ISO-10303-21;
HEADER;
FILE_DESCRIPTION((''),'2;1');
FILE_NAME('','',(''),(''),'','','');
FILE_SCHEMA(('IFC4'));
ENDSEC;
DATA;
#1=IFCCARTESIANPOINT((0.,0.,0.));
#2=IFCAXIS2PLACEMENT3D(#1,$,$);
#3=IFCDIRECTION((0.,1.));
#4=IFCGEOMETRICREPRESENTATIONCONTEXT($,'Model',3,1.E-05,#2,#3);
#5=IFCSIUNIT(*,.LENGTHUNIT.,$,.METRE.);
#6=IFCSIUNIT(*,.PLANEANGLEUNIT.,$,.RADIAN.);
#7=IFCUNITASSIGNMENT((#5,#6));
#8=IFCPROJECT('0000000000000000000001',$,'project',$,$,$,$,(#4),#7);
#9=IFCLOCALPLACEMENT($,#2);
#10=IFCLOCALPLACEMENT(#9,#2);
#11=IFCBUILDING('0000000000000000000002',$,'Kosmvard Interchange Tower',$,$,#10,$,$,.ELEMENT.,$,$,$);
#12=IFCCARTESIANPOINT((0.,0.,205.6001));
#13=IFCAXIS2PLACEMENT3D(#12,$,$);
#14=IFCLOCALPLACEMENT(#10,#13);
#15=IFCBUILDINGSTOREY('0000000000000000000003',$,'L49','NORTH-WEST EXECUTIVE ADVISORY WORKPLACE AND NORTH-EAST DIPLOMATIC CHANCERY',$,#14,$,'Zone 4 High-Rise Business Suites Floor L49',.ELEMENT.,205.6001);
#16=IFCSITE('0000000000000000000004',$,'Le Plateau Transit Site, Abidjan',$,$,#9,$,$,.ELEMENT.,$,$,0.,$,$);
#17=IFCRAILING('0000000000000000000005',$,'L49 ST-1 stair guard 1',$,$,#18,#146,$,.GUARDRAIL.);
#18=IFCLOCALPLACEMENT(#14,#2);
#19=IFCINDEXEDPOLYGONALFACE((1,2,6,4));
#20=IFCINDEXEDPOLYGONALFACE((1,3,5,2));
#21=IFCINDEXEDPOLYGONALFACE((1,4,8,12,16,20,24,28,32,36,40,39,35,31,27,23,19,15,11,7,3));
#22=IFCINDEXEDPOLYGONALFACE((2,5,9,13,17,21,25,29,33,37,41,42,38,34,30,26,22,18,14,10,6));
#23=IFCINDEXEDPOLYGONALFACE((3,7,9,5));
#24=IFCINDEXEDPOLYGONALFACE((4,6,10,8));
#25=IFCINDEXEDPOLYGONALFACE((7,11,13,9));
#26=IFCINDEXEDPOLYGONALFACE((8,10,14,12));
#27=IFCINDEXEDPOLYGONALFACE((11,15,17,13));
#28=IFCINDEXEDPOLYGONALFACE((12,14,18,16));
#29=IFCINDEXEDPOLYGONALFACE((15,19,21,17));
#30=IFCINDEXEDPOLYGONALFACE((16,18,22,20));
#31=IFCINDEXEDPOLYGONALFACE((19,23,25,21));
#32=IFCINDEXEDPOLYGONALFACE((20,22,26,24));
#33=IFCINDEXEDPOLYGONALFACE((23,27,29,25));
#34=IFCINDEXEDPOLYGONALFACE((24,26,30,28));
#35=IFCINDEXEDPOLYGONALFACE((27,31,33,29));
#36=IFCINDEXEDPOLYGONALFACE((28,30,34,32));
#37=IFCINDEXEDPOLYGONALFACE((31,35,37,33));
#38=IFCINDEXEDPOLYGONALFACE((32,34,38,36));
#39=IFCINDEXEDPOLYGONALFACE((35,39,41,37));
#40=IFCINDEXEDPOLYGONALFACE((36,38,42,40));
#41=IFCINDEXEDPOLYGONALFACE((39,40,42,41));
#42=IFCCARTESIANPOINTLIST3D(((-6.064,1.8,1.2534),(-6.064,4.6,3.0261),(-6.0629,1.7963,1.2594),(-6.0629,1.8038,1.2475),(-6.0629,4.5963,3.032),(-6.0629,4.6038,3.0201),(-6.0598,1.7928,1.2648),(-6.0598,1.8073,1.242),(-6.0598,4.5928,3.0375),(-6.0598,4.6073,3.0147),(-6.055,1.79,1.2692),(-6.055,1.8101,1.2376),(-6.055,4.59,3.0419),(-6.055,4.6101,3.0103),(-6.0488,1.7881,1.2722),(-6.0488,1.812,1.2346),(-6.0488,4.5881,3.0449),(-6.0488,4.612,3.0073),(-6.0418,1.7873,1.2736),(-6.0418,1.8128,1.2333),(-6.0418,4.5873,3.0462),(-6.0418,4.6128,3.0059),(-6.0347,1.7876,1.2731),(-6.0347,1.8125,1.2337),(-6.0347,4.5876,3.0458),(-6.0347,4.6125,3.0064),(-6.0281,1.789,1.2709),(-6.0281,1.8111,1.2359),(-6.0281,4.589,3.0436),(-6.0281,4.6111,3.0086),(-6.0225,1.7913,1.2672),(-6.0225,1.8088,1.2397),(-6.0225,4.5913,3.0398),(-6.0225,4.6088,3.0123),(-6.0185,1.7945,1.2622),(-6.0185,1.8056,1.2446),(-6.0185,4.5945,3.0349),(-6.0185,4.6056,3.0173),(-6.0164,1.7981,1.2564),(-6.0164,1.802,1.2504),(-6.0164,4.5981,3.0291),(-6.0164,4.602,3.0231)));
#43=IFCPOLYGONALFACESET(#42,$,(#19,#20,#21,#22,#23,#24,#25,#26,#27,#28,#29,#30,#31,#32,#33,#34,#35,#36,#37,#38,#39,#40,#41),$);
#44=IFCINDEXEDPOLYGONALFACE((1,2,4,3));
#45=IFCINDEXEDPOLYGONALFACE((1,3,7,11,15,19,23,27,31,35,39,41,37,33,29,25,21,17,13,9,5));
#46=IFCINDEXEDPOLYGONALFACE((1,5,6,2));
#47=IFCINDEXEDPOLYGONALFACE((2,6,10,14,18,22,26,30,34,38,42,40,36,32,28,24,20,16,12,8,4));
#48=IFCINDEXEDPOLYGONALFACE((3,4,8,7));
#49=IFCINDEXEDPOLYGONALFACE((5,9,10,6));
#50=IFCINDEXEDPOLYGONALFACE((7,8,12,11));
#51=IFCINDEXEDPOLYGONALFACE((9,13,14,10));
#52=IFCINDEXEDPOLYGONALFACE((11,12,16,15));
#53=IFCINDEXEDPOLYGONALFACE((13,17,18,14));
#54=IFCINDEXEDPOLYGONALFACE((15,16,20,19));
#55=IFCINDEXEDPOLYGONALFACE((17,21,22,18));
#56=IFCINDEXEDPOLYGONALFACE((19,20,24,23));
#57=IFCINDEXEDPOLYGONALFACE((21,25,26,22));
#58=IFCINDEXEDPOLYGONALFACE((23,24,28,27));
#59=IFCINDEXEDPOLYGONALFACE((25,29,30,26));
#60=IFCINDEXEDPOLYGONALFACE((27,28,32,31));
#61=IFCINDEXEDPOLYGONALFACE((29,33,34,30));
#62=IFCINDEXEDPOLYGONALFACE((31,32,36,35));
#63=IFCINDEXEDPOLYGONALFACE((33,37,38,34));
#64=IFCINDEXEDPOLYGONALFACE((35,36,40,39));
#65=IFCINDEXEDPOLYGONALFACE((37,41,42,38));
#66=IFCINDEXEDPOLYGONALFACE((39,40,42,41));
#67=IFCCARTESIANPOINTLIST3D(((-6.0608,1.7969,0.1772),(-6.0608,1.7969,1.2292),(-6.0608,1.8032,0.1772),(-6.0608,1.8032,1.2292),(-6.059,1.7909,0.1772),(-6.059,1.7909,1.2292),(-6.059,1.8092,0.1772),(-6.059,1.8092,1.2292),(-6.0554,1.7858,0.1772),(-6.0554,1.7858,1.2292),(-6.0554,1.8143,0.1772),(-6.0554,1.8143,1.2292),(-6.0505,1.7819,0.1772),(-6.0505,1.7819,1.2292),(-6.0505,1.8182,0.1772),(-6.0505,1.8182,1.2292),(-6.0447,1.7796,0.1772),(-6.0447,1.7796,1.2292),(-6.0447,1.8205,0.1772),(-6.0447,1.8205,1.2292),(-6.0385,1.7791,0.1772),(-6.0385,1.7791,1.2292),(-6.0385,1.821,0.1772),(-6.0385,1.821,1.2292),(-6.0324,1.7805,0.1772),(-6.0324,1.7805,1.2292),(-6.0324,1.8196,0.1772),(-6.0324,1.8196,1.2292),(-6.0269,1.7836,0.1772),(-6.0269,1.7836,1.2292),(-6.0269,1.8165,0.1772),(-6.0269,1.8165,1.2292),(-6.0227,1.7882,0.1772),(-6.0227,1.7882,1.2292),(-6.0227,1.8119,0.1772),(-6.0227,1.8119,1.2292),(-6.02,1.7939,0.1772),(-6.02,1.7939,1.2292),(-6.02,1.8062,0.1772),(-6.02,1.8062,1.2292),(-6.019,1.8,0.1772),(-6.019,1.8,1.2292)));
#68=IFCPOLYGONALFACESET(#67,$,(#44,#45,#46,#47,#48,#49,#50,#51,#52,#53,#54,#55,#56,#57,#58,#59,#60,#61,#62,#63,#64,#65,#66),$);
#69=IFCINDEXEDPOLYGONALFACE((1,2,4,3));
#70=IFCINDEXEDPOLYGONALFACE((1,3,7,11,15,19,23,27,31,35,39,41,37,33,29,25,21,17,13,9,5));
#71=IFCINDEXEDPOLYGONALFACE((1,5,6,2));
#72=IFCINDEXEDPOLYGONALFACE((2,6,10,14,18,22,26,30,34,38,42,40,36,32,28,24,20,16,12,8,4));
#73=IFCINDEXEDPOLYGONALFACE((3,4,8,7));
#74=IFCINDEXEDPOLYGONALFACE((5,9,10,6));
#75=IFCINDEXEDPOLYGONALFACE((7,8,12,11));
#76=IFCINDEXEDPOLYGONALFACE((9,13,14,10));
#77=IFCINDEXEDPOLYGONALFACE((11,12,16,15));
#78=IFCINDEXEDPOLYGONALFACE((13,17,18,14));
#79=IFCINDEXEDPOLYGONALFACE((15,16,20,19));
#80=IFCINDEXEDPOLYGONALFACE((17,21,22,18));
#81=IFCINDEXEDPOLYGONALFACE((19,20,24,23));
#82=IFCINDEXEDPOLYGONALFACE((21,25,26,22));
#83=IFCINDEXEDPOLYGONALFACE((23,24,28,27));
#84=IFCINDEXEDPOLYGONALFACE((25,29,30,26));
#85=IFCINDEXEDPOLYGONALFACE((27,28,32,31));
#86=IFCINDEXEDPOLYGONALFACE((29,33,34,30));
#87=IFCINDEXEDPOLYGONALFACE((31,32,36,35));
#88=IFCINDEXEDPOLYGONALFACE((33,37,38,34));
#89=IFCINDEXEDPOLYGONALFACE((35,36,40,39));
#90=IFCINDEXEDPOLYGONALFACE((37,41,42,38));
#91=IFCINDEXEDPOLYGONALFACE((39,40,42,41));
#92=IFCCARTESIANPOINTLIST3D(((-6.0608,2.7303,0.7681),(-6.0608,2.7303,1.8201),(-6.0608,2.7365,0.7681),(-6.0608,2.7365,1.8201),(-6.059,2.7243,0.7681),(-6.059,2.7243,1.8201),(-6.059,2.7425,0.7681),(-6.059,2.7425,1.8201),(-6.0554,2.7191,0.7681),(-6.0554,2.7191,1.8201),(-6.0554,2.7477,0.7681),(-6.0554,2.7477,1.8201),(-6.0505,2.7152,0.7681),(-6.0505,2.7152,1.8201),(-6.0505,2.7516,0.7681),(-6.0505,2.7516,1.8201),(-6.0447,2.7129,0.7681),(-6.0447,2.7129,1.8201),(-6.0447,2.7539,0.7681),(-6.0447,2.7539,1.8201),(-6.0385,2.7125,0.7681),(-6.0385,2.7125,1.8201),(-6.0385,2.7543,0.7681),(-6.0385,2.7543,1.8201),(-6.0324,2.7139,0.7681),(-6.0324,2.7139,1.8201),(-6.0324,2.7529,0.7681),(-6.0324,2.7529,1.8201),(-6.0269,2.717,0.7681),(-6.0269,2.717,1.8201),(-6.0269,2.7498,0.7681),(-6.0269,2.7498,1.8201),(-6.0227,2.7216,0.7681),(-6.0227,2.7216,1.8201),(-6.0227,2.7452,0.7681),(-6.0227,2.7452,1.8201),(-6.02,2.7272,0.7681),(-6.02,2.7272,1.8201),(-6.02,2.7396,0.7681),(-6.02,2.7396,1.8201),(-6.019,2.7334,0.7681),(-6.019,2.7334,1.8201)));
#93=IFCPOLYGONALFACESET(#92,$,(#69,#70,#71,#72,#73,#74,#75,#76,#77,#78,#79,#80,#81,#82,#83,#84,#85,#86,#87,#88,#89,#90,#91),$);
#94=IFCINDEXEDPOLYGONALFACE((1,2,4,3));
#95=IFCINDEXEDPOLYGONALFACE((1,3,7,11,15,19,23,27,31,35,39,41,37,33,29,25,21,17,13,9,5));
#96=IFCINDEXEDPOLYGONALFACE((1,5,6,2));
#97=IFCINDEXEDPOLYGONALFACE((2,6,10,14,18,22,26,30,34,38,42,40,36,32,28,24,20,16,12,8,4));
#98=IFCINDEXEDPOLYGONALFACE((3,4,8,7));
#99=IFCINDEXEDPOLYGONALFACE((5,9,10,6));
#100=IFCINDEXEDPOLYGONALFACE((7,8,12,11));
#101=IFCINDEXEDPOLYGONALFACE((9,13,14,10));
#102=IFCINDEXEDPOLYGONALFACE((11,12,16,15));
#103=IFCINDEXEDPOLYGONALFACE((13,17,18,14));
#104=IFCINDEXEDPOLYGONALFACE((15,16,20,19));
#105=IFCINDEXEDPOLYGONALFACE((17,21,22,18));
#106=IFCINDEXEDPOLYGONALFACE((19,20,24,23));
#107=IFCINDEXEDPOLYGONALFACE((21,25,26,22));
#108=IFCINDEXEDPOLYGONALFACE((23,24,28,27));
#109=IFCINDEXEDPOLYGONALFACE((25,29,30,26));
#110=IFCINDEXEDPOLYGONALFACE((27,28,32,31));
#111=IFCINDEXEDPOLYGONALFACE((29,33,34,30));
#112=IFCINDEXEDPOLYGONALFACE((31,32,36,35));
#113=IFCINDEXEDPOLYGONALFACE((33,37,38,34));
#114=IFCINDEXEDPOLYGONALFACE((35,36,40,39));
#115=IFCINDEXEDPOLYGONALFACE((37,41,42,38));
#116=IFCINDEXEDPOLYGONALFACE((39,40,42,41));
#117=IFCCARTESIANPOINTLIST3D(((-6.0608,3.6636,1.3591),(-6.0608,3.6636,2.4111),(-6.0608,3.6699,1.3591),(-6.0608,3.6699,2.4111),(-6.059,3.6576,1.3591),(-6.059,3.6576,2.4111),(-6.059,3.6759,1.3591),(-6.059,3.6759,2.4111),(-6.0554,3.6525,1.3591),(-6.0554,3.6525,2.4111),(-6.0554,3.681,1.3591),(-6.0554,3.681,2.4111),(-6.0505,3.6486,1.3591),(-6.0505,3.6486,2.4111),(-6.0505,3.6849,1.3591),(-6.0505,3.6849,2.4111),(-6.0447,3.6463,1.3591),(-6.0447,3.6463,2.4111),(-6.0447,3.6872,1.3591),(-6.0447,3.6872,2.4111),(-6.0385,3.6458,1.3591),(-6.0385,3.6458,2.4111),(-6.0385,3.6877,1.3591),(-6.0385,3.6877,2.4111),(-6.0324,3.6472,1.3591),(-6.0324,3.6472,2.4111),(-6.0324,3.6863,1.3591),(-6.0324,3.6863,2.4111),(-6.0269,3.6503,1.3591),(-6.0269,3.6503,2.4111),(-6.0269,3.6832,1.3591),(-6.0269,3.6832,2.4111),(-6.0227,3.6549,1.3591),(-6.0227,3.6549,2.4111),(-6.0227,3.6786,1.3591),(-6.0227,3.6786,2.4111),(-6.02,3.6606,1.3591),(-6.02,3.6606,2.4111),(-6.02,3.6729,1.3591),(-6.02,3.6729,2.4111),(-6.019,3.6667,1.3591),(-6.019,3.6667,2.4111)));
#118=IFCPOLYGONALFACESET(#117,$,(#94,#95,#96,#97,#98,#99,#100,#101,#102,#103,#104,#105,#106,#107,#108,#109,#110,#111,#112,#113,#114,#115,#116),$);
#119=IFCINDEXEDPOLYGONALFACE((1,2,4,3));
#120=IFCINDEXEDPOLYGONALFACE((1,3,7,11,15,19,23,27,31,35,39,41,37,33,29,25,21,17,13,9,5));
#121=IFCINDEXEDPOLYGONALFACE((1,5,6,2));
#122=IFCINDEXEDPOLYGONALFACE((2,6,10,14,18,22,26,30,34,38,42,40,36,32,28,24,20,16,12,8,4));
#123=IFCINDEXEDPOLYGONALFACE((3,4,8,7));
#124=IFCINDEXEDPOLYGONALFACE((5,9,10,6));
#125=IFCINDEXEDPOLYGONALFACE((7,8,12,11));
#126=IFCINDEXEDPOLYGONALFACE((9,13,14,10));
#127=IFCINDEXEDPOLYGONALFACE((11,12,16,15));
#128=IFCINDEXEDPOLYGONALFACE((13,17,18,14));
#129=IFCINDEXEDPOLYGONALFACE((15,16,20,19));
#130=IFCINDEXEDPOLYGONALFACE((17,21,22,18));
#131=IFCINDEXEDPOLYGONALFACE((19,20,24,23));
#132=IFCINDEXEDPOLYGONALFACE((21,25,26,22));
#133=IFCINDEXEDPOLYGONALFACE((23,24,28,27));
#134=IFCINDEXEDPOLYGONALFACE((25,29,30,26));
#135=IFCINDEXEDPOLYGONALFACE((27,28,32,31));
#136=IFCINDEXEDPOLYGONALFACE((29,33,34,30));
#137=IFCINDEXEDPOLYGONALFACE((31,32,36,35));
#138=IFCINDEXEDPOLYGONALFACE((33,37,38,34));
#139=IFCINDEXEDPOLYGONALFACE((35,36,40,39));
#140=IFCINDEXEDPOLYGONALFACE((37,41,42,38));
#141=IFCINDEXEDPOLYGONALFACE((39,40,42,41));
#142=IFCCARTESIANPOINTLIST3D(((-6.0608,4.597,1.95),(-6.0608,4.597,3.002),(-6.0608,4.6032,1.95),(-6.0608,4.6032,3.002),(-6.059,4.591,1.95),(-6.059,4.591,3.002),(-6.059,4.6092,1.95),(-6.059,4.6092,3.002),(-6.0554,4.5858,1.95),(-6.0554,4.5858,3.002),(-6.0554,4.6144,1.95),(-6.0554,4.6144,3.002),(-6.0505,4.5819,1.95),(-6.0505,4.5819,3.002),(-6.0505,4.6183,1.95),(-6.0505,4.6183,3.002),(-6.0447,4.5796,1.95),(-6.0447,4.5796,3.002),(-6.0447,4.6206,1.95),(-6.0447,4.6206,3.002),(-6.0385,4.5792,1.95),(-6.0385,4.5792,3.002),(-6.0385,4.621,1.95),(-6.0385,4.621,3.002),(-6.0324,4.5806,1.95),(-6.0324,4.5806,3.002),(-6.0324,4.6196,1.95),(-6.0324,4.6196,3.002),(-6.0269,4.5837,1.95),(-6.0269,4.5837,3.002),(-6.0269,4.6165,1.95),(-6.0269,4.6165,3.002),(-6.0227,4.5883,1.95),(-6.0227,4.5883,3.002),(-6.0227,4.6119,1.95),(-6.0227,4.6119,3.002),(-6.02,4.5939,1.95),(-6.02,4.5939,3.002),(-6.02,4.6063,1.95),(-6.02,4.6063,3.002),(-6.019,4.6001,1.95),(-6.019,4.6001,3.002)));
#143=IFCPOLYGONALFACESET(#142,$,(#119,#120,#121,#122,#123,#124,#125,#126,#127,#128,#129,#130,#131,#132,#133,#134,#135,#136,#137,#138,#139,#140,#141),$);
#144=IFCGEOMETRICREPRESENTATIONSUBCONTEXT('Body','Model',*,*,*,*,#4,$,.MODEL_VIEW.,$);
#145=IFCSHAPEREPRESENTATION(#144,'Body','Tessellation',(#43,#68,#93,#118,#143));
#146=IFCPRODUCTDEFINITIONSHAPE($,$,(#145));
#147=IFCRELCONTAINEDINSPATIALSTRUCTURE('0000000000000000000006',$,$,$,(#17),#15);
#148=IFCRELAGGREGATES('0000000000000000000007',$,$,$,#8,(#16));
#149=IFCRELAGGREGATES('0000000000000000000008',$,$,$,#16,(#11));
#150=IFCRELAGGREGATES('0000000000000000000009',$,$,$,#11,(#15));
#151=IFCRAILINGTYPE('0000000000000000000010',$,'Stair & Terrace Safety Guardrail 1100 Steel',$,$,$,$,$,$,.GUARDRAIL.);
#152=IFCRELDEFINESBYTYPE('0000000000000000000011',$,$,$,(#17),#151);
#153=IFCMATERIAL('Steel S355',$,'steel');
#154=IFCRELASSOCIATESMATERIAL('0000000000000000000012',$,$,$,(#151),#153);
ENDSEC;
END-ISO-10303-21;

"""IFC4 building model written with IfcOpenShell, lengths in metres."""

from ifc_helpers import new_model, si_unit, direction, frame, origin, origin_2d, place, context, subcontext, project, spatial, circle, extrude, source, transform, mapped, material, type_object, element, save


model = new_model("IFC4")

# Units and contexts
model_context = context("Model", 3, precision=1e-05, world=origin(), true_north=direction((0.0, 1.0)))
body_context = subcontext(model_context, "Body", "Model", "MODEL_VIEW")
ifc_project = project(units=[si_unit("LENGTHUNIT", "METRE"), si_unit("PLANEANGLEUNIT", "RADIAN")], contexts=[model_context])

# Site, building, storey
site_placement = place(None, origin())
site = spatial("IfcSite", under=ifc_project, at=site_placement, Name="Le Plateau Transit Site, Abidjan", CompositionType="ELEMENT", RefElevation=0.0)
building_placement = place(site_placement, origin())
building = spatial("IfcBuilding", under=site, at=building_placement, Name="Kosmvard Interchange Tower", CompositionType="ELEMENT")
storey_placement = place(building_placement, frame((0.0, 0.0, 205.6001)))
storey = spatial("IfcBuildingStorey", under=building, at=storey_placement, Name="L49", Description="NORTH-WEST EXECUTIVE ADVISORY WORKPLACE AND NORTH-EAST DIPLOMATIC CHANCERY", LongName="Zone 4 High-Rise Business Suites Floor L49", CompositionType="ELEMENT", Elevation=205.6001)

# Railing
ifc_material_1 = material(Name="Steel S355", Category="steel")
railing_type_1 = type_object("IfcRailingType", Name="Stair & Terrace Safety Guardrail 1100 Steel", PredefinedType="GUARDRAIL", material=ifc_material_1)
shared_shape_1 = source(origin(), body_context, "Body", "SweptSolid", [
    extrude(circle(Radius=0.0239, at=origin_2d()), frame((0.0, 0.0, 1.0762), z_axis=(0.0, 0.844909, 0.53491), x_axis=(-1.0, 0.0, 0.0)), (0.0, 0.0, 1.0), 3.314),
    extrude(circle(Radius=0.021, at=origin_2d()), origin(), (0.0, 0.0, 1.0), 1.052),
    extrude(circle(Radius=0.021, at=origin_2d()), frame((0.0, 0.9333, 0.5908)), (0.0, 0.0, 1.0), 1.052),
    extrude(circle(Radius=0.021, at=origin_2d()), frame((0.0, 1.8667, 1.1819)), (0.0, 0.0, 1.0), 1.052),
    extrude(circle(Radius=0.021, at=origin_2d()), frame((0.0, 2.8, 1.7727)), (0.0, 0.0, 1.0), 1.052),
])
railing_1_placement = place(storey_placement, frame((-6.04, 1.8, 0.1772)))
element("IfcRailing", 1, at=railing_1_placement, inside=storey, type_object=railing_type_1, Name="L49 ST-1 stair guard 1", PredefinedType="GUARDRAIL", context=body_context, shape_type="MappedRepresentation", body=[
    mapped(shared_shape_1, transform((0.0, 0.0, 0.0), scale=1.0)),
])

save(model, "model.ifc")
